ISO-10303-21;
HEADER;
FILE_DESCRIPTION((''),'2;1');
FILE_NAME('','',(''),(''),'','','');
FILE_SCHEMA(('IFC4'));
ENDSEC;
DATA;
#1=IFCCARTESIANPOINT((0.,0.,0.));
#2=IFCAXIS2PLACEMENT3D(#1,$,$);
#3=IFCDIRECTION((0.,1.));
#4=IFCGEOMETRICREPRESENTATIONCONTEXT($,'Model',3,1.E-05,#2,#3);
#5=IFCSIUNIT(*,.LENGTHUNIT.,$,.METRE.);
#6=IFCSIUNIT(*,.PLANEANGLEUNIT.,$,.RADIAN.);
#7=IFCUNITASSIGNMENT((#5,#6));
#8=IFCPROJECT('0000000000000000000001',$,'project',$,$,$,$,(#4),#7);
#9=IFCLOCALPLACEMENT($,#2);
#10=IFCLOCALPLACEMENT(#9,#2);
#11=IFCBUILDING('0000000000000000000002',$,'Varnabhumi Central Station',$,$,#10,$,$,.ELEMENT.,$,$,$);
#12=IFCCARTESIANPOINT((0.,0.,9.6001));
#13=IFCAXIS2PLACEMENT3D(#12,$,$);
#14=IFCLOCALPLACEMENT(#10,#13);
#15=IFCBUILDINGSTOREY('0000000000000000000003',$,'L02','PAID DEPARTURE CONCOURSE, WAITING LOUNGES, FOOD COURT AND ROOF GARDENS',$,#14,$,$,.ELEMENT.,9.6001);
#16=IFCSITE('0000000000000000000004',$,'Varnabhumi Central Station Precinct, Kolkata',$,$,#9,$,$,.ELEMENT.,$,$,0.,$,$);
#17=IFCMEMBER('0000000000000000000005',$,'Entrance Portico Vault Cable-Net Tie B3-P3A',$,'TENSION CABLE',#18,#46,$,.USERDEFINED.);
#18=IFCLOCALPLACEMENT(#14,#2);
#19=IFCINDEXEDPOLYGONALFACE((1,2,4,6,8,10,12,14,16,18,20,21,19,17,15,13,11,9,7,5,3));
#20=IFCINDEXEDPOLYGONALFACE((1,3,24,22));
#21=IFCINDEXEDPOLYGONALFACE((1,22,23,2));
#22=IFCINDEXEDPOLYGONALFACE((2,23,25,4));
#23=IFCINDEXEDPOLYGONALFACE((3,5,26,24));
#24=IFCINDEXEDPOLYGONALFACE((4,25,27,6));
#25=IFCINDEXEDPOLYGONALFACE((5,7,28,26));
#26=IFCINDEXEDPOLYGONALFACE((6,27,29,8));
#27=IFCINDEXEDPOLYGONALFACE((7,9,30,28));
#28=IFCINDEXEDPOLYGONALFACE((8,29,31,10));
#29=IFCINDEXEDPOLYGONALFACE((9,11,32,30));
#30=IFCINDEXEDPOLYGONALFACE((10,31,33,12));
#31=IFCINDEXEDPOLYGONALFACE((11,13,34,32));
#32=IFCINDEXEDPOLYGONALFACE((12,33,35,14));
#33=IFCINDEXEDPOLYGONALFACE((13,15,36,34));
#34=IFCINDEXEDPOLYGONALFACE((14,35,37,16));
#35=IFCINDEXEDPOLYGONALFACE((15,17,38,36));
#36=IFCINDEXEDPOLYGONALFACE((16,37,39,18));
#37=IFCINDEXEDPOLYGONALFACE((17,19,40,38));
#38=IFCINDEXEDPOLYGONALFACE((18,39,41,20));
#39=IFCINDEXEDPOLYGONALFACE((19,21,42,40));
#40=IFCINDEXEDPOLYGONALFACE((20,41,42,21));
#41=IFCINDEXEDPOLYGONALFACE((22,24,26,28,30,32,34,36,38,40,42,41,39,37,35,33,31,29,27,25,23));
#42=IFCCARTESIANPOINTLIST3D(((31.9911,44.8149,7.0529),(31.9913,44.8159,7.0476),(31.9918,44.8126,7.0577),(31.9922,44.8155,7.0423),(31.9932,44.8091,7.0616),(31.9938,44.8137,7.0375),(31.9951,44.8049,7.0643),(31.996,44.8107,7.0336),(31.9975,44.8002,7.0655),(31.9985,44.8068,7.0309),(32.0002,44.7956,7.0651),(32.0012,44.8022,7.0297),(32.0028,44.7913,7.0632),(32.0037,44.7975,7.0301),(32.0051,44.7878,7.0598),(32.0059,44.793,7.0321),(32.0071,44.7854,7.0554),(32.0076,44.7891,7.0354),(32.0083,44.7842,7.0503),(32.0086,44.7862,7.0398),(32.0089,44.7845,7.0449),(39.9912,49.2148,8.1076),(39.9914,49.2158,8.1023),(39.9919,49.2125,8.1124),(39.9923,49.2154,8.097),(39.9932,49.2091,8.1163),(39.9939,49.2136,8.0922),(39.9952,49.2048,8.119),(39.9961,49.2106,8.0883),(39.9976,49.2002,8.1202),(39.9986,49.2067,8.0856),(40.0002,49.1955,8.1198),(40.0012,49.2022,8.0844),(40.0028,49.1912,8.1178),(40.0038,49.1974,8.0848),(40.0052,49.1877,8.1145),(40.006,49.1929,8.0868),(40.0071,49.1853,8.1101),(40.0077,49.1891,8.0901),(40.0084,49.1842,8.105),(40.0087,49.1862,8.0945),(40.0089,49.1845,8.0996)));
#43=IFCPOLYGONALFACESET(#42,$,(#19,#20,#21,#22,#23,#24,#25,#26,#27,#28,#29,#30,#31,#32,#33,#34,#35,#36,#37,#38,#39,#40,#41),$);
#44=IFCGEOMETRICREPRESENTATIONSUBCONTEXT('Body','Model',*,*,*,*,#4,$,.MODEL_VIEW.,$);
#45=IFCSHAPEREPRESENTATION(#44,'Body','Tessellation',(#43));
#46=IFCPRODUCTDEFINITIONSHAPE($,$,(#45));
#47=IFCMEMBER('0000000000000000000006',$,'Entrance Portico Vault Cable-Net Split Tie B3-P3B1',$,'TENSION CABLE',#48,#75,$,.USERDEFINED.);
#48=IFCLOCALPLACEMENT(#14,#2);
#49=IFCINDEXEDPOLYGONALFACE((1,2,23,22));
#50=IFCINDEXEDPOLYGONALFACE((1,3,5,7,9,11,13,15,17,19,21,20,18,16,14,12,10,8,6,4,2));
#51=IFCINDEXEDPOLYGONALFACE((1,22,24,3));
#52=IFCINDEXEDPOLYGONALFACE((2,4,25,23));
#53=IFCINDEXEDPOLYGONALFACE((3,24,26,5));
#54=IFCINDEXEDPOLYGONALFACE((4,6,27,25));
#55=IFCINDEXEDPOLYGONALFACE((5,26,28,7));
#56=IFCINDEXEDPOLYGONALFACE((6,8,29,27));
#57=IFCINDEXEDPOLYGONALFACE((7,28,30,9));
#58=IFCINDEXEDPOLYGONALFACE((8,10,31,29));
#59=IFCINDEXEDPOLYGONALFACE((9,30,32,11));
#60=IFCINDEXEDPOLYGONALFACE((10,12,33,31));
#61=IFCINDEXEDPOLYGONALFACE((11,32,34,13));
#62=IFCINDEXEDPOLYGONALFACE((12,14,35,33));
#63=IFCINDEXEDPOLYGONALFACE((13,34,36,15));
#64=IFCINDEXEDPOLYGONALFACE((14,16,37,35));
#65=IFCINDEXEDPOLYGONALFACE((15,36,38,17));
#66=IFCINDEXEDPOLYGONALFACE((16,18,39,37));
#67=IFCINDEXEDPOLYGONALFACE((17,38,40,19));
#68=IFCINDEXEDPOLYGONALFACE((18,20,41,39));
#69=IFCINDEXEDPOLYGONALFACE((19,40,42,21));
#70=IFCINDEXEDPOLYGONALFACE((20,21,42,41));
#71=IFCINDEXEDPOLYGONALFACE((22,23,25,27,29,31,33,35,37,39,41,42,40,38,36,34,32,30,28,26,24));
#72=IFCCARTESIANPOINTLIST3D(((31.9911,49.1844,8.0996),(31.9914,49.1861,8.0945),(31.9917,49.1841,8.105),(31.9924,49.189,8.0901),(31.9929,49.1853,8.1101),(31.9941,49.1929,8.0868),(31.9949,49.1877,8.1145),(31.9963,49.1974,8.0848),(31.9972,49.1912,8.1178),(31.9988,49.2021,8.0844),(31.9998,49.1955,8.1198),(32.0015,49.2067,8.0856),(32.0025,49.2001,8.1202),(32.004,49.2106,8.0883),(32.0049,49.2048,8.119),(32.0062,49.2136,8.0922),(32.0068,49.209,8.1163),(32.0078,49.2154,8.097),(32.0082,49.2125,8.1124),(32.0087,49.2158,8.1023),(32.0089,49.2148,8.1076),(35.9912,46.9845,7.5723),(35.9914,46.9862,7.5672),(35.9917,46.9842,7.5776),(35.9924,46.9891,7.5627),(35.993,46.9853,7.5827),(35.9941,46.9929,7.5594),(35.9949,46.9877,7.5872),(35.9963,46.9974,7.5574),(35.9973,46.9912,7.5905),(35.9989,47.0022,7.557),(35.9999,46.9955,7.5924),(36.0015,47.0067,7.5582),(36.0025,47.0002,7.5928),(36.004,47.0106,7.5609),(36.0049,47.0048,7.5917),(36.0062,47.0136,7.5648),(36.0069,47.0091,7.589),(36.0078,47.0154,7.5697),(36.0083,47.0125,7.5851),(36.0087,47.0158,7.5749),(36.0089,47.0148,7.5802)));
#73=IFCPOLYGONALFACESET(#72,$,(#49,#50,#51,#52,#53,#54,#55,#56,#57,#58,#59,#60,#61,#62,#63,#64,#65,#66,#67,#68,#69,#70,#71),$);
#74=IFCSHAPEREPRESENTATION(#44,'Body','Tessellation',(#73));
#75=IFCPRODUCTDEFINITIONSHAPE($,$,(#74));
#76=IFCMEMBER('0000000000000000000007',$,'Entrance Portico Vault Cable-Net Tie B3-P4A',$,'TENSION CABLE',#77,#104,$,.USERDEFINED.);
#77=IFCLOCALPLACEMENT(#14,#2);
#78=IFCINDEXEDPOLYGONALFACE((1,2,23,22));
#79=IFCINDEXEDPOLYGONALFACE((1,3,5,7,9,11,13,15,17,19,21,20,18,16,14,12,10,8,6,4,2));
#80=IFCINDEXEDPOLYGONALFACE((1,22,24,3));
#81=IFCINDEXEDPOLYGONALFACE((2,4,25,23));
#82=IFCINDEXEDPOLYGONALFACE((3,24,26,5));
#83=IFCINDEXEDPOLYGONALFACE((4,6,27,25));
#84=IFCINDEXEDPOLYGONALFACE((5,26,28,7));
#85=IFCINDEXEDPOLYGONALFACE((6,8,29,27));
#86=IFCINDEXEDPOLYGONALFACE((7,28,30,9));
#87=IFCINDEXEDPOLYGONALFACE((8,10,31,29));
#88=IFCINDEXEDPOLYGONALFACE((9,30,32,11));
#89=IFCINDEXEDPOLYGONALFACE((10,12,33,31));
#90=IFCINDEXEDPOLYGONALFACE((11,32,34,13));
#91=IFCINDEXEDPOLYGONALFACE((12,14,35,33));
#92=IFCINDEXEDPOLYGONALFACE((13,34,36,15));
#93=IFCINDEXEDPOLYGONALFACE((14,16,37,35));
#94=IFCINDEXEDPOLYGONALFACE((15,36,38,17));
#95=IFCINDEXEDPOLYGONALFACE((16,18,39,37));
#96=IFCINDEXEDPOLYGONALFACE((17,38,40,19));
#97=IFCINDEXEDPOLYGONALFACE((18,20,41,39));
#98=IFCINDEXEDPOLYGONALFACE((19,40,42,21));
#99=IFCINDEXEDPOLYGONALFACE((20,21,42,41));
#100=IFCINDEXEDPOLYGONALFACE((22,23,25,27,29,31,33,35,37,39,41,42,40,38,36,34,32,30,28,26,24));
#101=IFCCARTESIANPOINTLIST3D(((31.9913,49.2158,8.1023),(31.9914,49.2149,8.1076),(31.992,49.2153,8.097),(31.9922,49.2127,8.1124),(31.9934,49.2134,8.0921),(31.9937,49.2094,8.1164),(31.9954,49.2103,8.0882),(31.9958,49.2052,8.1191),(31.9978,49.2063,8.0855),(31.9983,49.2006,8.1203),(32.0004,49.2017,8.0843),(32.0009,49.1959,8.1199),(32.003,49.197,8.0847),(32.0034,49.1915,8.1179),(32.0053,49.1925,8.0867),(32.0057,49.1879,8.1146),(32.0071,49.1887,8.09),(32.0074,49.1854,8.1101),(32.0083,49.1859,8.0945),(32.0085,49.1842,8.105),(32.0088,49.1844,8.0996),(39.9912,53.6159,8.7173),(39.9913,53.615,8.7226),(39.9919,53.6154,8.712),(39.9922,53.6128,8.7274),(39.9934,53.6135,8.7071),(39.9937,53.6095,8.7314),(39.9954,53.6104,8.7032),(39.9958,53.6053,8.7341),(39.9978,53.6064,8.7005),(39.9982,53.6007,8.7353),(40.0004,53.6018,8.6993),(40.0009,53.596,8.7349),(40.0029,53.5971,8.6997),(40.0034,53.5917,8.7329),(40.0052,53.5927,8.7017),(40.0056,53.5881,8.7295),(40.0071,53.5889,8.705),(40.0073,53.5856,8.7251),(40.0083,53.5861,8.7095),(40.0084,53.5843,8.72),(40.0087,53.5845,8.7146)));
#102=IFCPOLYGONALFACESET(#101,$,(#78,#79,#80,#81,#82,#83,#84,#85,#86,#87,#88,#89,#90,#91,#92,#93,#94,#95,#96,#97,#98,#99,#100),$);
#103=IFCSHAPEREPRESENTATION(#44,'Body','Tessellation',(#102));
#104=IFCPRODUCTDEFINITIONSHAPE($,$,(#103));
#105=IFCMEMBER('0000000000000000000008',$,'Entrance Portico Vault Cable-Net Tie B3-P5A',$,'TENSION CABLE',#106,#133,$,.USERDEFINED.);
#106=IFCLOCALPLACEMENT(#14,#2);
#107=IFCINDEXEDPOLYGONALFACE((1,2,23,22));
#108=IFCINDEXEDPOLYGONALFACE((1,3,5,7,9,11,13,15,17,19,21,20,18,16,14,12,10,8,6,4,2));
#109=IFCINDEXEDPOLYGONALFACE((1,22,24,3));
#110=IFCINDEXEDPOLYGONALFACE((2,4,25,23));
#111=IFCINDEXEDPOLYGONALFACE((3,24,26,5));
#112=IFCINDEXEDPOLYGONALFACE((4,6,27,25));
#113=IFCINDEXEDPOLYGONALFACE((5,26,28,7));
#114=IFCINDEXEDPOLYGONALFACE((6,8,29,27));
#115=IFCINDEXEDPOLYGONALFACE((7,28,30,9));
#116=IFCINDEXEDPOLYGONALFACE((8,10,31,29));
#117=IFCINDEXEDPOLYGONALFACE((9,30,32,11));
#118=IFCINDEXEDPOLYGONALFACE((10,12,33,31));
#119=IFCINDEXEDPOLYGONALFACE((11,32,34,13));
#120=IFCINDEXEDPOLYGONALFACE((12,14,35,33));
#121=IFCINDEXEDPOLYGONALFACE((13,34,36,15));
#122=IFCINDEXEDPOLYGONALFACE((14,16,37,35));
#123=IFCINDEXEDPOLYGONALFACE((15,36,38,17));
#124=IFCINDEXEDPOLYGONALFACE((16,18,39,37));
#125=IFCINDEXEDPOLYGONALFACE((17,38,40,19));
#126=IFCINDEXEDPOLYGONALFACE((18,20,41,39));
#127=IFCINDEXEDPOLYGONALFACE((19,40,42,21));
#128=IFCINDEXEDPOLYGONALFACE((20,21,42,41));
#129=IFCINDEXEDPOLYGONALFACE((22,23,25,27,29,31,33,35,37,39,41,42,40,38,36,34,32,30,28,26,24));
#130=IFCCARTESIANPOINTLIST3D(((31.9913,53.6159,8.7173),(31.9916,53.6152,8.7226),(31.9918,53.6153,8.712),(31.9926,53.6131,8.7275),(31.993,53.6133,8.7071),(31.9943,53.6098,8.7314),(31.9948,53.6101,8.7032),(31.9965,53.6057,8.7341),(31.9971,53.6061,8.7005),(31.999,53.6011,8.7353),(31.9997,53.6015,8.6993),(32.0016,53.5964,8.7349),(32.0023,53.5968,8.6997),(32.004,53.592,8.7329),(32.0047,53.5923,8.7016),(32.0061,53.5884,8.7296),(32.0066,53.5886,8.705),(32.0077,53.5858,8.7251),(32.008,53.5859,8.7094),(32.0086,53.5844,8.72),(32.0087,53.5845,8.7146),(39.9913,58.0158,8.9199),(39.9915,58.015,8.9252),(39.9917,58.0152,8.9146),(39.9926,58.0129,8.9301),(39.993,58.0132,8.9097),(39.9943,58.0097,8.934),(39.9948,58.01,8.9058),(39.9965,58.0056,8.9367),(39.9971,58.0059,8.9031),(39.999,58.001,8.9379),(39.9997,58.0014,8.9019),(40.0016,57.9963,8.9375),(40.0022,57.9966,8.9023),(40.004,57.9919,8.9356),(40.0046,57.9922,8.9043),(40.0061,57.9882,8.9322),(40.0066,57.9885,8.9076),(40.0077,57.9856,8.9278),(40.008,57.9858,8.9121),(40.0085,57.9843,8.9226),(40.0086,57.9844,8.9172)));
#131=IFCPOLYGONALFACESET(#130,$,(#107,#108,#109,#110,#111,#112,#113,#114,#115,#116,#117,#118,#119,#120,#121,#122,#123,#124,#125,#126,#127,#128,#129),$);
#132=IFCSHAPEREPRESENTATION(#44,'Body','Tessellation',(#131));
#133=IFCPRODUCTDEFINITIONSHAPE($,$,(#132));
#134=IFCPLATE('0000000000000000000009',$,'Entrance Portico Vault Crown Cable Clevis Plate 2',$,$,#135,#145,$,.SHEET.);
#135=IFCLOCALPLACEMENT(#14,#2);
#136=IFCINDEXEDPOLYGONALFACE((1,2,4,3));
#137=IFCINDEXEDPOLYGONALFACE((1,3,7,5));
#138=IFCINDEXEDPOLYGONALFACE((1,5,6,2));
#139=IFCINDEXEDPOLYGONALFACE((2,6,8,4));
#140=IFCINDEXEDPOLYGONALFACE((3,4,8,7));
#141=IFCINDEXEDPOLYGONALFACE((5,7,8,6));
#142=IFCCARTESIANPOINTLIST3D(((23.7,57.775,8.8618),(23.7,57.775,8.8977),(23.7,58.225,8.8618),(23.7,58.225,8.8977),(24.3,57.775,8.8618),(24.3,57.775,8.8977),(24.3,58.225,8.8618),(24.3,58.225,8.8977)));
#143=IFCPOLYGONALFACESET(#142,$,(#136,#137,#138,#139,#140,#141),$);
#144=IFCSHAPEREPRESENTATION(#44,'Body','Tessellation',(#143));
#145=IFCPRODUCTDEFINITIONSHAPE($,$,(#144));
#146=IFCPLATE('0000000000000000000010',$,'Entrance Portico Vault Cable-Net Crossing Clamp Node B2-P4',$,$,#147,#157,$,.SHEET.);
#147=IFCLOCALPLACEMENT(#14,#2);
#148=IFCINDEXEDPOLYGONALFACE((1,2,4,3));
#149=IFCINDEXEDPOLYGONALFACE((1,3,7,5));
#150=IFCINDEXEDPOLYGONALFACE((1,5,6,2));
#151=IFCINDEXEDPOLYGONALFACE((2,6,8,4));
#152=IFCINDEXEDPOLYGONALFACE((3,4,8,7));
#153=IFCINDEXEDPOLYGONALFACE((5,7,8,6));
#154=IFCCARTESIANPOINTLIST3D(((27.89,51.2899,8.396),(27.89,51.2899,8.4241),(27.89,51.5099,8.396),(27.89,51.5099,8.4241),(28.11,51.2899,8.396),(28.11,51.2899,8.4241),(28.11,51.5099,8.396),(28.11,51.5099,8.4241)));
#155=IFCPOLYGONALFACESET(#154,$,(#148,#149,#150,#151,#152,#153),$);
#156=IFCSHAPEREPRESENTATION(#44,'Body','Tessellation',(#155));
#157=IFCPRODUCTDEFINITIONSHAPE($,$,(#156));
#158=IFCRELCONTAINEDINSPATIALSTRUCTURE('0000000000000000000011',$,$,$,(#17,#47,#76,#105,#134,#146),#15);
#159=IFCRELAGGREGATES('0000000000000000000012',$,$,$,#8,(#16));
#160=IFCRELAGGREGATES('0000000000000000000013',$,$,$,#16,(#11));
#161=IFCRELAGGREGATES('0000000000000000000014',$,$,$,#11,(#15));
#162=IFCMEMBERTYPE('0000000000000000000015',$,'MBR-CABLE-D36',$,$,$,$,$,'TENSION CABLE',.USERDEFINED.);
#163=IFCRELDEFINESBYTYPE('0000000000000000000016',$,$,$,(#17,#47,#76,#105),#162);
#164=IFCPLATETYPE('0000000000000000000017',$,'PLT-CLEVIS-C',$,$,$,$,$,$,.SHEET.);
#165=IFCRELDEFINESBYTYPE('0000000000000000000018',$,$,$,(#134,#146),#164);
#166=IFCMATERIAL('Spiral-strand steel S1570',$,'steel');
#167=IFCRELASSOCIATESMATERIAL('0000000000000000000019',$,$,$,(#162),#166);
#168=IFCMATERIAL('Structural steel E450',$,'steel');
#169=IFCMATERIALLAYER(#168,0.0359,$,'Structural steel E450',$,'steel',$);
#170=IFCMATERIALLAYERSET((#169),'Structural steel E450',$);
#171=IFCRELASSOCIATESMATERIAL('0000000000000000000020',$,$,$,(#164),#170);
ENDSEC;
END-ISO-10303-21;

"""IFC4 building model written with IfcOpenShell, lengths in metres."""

from ifc_helpers import new_model, si_unit, direction, frame, origin, origin_2d, place, context, subcontext, project, spatial, rectangle, circle, extrude, material, layer, layer_set, material_profile, profile_set, type_object, element, save


model = new_model("IFC4")

# Units and contexts
model_context = context("Model", 3, precision=1e-05, world=origin(), true_north=direction((0.0, 1.0)))
body_context = subcontext(model_context, "Body", "Model", "MODEL_VIEW")
ifc_project = project(units=[si_unit("LENGTHUNIT", "METRE"), si_unit("PLANEANGLEUNIT", "RADIAN")], contexts=[model_context])

# Site, building, storey
site_placement = place(None, origin())
site = spatial("IfcSite", under=ifc_project, at=site_placement, Name="Varnabhumi Central Station Precinct, Kolkata", CompositionType="ELEMENT", RefElevation=0.0)
building_placement = place(site_placement, origin())
building = spatial("IfcBuilding", under=site, at=building_placement, Name="Varnabhumi Central Station", CompositionType="ELEMENT")
storey_placement = place(building_placement, frame((0.0, 0.0, 9.6001)))
storey = spatial("IfcBuildingStorey", under=building, at=storey_placement, Name="L02", Description="PAID DEPARTURE CONCOURSE, WAITING LOUNGES, FOOD COURT AND ROOF GARDENS", CompositionType="ELEMENT", Elevation=9.6001)

# Members
ifc_material_1 = material(Name="Spiral-strand steel S1570", Category="steel")
ifc_material_profile_1 = material_profile(ifc_material_1, circle(Radius=0.0181, at=origin_2d()), Name="Spiral-strand steel S1570", Category="steel")
ifc_profile_set_1 = profile_set([ifc_material_profile_1], Name="Spiral-strand steel S1570")
member_type = type_object("IfcMemberType", Name="MBR-CABLE-D36", ElementType="TENSION CABLE", PredefinedType="USERDEFINED", material=ifc_profile_set_1)
member_1_placement = place(storey_placement, frame((32.0, 44.8, 7.0476), z_axis=(0.870432, 0.478727, 0.114754), x_axis=(-0.481911, 0.87622, 0.0)))
element("IfcMember", 1, at=member_1_placement, inside=storey, type_object=member_type, Name="Entrance Portico Vault Cable-Net Tie B3-P3A", ObjectType="TENSION CABLE", PredefinedType="USERDEFINED", context=body_context, shape_type="SweptSolid", body=[
    extrude(circle(Radius=0.0181, at=origin_2d()), origin(), (0.0, 0.0, 1.0), 9.1909),
])
member_2_placement = place(storey_placement, frame((32.0, 49.2, 8.1023), z_axis=(0.870432, -0.478727, -0.114754), x_axis=(0.481911, 0.87622, 0.0)))
element("IfcMember", 2, at=member_2_placement, inside=storey, type_object=member_type, Name="Entrance Portico Vault Cable-Net Split Tie B3-P3B1", ObjectType="TENSION CABLE", PredefinedType="USERDEFINED", context=body_context, shape_type="SweptSolid", body=[
    extrude(circle(Radius=0.0181, at=origin_2d()), origin(), (0.0, 0.0, 1.0), 4.5955),
])
member_3_placement = place(storey_placement, frame((32.0, 49.2, 8.1023), z_axis=(0.874228, 0.480842, 0.067205), x_axis=(-0.481931, 0.876209, 0.0)))
element("IfcMember", 3, at=member_3_placement, inside=storey, type_object=member_type, Name="Entrance Portico Vault Cable-Net Tie B3-P4A", ObjectType="TENSION CABLE", PredefinedType="USERDEFINED", context=body_context, shape_type="SweptSolid", body=[
    extrude(circle(Radius=0.0181, at=origin_2d()), origin(), (0.0, 0.0, 1.0), 9.1509),
])
member_4_placement = place(storey_placement, frame((32.0, 53.6001, 8.7173), z_axis=(0.876005, 0.481792, 0.022189), x_axis=(-0.481911, 0.87622, 0.0)))
element("IfcMember", 4, at=member_4_placement, inside=storey, type_object=member_type, Name="Entrance Portico Vault Cable-Net Tie B3-P5A", ObjectType="TENSION CABLE", PredefinedType="USERDEFINED", context=body_context, shape_type="SweptSolid", body=[
    extrude(circle(Radius=0.0181, at=origin_2d()), origin(), (0.0, 0.0, 1.0), 9.1323),
])

# Plates
ifc_material_2 = material(Name="Structural steel E450", Category="steel")
ifc_layer = layer(ifc_material_2, 0.0359, Name="Structural steel E450", Category="steel")
ifc_layer_set = layer_set([ifc_layer], Name="Structural steel E450")
plate_type = type_object("IfcPlateType", Name="PLT-CLEVIS-C", PredefinedType="SHEET", material=ifc_layer_set)
plate_1_placement = place(storey_placement, frame((24.0, 58.0, 8.8618), z_axis=(0.0, 0.0, 1.0), x_axis=(1.0, 0.0, 0.0)))
element("IfcPlate", 5, at=plate_1_placement, inside=storey, type_object=plate_type, Name="Entrance Portico Vault Crown Cable Clevis Plate 2", PredefinedType="SHEET", context=body_context, shape_type="SweptSolid", body=[
    extrude(rectangle(XDim=0.6001, YDim=0.45, at=origin_2d()), origin(), (0.0, 0.0, 1.0), 0.0359),
])
plate_2_placement = place(storey_placement, frame((28.0, 51.3999, 8.396), z_axis=(0.0, 0.0, 1.0), x_axis=(1.0, 0.0, 0.0)))
element("IfcPlate", 6, at=plate_2_placement, inside=storey, type_object=plate_type, Name="Entrance Portico Vault Cable-Net Crossing Clamp Node B2-P4", PredefinedType="SHEET", context=body_context, shape_type="SweptSolid", body=[
    extrude(rectangle(XDim=0.22, YDim=0.22, at=origin_2d()), origin(), (0.0, 0.0, 1.0), 0.0281),
])

save(model, "model.ifc")
